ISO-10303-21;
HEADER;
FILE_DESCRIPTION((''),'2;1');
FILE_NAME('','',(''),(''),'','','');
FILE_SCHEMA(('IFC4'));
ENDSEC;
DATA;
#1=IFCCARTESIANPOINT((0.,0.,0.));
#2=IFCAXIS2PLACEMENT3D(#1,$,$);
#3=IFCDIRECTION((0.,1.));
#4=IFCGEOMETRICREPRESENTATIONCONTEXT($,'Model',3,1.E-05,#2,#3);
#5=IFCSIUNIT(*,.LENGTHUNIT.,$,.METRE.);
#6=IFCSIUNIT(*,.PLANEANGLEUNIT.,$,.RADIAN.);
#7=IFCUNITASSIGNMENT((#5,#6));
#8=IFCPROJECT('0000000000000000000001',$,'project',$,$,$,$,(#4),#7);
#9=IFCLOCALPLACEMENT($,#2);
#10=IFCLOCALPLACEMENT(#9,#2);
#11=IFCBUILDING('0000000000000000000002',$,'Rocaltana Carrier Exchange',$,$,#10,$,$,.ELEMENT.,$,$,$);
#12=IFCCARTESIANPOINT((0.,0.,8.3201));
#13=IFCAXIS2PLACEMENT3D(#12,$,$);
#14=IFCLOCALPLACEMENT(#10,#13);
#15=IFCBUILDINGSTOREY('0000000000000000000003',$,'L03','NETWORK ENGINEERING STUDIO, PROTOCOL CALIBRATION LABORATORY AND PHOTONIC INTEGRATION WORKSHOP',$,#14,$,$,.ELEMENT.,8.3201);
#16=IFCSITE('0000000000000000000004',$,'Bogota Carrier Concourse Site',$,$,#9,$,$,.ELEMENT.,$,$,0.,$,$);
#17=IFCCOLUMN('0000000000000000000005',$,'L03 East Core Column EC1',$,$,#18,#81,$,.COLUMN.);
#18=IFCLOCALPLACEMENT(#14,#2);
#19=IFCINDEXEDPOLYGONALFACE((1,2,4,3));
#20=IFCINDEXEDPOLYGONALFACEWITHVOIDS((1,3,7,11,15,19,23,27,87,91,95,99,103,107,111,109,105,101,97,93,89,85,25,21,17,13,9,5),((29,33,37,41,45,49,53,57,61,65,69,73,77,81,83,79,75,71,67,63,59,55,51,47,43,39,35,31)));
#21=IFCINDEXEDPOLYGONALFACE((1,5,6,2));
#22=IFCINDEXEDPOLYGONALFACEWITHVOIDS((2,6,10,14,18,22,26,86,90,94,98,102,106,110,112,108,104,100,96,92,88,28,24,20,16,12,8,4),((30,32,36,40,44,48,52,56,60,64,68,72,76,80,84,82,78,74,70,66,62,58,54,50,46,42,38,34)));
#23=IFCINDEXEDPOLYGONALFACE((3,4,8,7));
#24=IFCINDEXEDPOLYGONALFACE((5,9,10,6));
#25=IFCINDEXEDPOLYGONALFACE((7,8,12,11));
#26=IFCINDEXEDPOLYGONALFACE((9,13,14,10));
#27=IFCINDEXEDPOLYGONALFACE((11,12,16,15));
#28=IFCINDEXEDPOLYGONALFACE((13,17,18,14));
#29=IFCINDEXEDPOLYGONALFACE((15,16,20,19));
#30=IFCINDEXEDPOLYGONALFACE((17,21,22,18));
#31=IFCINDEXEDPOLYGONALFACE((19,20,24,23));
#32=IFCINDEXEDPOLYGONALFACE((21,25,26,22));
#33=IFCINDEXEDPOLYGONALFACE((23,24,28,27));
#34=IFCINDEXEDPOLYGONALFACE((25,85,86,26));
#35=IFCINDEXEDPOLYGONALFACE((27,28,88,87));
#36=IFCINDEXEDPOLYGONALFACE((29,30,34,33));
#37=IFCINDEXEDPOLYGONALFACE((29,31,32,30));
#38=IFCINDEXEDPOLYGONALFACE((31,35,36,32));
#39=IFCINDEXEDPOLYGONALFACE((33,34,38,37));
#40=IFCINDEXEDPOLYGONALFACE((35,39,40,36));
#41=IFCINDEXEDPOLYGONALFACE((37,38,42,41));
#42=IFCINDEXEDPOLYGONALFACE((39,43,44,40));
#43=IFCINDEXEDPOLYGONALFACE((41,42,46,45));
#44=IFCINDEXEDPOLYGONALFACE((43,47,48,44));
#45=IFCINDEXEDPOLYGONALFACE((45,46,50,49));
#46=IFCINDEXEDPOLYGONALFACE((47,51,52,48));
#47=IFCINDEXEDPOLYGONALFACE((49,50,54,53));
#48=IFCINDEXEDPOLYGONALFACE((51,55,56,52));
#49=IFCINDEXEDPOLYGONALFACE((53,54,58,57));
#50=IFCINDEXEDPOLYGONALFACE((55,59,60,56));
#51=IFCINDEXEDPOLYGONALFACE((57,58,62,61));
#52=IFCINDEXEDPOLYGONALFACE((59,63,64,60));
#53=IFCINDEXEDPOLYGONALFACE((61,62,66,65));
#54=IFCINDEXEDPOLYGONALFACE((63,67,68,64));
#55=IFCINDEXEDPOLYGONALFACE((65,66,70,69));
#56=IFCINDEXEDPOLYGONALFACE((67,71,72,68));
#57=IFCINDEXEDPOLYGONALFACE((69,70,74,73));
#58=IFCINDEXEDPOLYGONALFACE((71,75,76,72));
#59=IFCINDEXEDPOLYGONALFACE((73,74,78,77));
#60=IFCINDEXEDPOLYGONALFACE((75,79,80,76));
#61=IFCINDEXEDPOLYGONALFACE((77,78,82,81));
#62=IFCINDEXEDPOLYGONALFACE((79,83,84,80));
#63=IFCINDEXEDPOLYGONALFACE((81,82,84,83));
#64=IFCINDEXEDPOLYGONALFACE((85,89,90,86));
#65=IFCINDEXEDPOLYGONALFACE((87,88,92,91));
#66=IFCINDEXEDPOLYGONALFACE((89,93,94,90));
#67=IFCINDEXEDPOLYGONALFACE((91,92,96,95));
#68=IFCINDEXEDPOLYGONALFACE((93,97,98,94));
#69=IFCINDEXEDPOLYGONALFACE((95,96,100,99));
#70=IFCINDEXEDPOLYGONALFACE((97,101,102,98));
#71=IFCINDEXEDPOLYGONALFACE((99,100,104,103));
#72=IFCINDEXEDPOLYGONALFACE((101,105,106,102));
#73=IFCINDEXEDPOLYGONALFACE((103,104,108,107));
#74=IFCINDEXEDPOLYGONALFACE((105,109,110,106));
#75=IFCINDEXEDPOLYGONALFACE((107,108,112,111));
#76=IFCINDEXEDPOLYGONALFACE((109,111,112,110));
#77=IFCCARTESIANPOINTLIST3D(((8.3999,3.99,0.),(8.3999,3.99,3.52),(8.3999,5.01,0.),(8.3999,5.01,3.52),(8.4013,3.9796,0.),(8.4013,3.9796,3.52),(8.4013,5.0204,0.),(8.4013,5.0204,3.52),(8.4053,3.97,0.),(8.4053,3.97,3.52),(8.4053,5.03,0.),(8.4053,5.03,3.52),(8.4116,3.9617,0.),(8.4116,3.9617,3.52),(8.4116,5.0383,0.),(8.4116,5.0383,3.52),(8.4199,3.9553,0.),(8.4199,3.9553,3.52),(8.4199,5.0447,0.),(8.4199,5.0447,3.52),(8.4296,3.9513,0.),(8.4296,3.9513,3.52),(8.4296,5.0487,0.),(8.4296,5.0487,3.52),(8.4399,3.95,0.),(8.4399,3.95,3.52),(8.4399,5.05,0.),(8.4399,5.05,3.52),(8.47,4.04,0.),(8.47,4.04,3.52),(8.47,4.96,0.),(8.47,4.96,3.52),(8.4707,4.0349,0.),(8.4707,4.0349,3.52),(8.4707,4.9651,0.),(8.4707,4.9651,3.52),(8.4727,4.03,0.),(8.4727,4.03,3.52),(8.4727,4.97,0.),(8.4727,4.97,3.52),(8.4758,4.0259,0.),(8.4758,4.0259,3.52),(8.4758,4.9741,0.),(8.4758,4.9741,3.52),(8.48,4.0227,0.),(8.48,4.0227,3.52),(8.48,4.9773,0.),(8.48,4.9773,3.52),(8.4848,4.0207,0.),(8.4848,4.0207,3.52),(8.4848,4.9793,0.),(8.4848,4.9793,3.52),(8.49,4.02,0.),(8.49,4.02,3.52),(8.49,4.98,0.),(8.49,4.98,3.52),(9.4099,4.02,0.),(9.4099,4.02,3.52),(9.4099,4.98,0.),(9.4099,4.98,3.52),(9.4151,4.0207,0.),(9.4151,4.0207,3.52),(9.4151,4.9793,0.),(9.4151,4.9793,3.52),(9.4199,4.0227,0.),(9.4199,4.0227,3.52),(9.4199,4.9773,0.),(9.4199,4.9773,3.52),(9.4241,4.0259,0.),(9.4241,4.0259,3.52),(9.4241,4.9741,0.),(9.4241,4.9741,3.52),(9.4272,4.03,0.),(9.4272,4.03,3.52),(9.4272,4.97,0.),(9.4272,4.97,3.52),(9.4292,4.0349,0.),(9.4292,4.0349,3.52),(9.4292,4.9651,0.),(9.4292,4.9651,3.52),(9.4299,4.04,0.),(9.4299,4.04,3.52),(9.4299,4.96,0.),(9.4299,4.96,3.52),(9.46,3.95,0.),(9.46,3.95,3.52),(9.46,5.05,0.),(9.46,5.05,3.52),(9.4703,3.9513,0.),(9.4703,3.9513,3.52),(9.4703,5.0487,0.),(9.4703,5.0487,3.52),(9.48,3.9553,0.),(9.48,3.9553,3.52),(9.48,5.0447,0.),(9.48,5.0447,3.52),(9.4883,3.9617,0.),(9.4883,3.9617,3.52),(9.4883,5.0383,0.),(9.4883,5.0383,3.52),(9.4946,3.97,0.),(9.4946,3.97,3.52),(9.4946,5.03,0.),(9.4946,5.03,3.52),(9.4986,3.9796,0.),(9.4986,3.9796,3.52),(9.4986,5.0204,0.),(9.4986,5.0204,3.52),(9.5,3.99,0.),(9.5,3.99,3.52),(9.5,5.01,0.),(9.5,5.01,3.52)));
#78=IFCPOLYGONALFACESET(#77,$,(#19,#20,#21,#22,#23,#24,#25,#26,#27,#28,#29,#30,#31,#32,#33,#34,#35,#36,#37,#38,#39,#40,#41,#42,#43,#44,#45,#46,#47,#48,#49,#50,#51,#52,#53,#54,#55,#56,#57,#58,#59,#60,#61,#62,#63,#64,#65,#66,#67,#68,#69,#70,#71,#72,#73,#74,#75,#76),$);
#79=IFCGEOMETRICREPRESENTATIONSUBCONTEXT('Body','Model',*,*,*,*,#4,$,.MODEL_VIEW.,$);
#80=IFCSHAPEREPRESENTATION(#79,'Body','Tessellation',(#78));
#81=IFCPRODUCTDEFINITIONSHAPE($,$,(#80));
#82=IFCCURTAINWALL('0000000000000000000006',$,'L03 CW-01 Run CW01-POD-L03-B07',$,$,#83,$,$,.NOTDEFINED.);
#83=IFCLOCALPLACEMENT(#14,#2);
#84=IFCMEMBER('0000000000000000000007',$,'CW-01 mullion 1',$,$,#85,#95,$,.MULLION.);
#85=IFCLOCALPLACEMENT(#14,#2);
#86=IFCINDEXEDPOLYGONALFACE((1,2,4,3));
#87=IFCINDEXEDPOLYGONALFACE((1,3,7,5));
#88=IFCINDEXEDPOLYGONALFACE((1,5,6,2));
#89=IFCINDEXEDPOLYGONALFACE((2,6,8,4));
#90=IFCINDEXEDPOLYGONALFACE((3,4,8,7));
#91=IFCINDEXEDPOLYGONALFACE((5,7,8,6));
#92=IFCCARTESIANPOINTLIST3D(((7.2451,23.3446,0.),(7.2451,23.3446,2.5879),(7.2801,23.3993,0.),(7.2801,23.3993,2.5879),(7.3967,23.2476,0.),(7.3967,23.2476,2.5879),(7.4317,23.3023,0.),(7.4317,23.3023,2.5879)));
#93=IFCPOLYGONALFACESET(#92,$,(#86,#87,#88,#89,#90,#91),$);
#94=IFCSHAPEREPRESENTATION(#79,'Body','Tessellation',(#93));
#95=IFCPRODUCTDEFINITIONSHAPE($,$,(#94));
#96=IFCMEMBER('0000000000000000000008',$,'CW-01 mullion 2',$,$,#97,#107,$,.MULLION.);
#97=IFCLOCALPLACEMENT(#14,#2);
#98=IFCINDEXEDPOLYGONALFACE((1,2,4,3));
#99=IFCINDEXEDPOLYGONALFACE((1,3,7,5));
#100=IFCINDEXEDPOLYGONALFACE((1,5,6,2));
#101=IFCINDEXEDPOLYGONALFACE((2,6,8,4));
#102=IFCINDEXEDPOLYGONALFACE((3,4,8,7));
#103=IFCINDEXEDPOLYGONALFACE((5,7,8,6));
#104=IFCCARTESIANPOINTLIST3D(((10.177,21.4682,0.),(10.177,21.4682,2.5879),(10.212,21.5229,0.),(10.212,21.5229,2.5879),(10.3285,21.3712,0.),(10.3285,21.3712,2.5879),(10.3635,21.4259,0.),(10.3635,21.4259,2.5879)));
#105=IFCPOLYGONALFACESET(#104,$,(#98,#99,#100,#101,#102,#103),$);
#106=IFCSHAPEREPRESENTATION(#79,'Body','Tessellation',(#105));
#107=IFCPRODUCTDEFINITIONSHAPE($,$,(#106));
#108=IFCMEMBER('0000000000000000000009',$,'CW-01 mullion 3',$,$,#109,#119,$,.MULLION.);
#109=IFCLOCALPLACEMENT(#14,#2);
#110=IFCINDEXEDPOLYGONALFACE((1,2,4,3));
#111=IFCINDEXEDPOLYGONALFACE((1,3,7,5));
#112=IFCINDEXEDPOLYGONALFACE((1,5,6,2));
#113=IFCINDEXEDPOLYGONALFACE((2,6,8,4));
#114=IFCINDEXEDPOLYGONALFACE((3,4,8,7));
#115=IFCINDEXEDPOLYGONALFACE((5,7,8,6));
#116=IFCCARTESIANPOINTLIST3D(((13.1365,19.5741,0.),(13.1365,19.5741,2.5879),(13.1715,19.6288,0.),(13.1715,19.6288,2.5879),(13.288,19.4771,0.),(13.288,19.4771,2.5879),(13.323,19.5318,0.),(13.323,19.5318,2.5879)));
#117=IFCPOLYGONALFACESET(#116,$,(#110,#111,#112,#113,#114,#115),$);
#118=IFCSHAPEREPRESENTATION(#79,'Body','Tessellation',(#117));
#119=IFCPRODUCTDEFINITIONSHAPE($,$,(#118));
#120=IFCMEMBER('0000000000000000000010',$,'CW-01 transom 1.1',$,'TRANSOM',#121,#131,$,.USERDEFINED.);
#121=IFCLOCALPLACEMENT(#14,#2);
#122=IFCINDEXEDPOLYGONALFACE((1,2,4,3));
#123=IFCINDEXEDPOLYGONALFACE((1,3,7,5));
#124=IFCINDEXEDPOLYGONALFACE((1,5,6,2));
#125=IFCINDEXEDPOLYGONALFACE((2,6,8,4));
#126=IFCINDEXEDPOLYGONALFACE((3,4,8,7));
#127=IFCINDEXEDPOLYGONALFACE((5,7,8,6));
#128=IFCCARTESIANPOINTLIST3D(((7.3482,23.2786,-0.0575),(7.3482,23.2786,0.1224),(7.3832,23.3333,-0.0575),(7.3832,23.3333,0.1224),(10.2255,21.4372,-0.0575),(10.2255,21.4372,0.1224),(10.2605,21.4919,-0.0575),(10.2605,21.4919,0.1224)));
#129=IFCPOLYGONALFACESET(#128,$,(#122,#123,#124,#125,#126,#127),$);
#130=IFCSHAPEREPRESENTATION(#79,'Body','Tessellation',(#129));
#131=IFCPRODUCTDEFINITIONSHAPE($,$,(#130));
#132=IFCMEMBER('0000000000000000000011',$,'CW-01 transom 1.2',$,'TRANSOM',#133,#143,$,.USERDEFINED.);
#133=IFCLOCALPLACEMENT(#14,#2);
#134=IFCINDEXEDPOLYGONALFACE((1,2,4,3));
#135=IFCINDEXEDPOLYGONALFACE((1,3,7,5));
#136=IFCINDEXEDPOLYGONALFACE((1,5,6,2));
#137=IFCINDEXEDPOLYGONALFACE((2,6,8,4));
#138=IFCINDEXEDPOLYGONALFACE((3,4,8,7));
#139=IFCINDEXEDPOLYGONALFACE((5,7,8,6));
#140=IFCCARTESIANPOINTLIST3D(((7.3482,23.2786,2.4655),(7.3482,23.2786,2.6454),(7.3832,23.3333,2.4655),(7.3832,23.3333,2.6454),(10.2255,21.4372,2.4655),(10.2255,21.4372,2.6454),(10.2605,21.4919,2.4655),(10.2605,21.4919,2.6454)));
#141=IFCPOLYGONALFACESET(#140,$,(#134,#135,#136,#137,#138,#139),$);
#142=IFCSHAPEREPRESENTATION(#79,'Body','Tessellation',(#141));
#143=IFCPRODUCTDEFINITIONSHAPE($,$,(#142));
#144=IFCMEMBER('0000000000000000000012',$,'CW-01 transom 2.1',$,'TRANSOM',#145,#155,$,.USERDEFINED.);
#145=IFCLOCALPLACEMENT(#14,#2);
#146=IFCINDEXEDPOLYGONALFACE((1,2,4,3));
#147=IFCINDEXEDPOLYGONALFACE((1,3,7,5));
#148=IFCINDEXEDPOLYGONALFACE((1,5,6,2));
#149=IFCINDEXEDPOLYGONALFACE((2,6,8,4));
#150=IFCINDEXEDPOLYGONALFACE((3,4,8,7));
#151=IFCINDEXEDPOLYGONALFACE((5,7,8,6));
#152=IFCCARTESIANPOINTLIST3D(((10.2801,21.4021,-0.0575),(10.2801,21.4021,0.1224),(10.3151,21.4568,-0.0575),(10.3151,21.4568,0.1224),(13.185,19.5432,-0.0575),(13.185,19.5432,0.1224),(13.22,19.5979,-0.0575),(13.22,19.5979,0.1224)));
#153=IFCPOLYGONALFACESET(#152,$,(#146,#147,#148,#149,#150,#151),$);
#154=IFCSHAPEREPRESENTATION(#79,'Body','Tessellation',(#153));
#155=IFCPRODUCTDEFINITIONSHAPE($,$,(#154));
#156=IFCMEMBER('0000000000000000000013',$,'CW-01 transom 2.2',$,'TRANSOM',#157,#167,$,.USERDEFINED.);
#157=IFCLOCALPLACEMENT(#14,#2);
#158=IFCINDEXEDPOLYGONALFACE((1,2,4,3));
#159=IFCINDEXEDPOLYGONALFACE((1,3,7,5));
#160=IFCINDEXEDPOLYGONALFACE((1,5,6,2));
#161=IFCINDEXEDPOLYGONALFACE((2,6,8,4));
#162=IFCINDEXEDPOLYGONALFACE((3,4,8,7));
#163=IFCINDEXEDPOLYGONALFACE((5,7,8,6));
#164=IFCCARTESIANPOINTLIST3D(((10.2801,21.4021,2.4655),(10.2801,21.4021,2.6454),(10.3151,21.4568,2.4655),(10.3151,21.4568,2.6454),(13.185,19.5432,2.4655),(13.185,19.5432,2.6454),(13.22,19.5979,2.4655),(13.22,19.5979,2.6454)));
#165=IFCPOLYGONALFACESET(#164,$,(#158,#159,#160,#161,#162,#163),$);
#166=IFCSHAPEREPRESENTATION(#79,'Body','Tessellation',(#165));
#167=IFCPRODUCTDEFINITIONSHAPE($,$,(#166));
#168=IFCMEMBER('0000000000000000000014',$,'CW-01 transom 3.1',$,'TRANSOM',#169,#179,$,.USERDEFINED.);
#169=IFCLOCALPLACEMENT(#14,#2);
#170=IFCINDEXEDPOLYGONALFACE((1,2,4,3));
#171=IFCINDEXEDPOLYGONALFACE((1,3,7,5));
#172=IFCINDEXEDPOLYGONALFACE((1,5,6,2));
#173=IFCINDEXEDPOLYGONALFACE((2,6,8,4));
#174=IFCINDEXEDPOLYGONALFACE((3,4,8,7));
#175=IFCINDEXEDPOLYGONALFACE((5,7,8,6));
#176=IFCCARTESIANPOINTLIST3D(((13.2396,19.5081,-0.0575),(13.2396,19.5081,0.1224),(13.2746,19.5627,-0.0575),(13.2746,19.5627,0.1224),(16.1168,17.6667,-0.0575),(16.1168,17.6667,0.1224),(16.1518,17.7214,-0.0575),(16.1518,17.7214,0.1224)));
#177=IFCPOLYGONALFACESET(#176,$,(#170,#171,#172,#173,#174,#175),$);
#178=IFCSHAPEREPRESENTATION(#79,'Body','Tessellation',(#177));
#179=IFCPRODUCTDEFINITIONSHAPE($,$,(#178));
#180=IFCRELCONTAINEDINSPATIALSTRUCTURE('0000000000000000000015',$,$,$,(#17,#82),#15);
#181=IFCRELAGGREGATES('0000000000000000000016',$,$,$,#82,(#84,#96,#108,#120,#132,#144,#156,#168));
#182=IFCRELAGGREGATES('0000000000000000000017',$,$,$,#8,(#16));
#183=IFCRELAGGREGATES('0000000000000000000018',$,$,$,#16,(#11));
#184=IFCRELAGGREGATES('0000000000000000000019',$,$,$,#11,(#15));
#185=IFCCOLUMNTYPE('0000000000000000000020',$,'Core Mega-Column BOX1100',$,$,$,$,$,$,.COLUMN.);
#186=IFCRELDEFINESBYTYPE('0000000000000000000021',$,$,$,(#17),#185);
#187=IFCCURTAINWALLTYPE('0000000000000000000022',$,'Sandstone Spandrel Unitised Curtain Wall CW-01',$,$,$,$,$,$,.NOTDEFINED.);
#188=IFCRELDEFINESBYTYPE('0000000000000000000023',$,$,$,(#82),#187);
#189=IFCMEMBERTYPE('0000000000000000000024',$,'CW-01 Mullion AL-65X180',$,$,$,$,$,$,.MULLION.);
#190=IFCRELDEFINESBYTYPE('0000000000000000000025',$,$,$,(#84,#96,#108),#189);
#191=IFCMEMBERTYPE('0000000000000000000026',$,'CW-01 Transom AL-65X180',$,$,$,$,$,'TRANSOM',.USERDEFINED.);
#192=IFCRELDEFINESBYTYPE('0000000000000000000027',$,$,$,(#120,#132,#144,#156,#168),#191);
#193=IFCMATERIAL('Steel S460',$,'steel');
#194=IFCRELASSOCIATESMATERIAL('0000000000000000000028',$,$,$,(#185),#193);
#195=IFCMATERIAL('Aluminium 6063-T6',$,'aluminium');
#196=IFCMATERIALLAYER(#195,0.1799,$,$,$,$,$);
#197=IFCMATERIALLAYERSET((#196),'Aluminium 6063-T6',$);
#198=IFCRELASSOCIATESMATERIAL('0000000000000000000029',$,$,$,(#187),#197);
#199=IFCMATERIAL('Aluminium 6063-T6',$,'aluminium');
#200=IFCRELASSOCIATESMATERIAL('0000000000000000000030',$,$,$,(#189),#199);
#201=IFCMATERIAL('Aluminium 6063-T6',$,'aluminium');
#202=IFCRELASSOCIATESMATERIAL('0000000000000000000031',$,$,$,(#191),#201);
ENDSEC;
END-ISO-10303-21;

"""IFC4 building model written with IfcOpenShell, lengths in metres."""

from ifc_helpers import new_model, si_unit, direction, frame, origin, origin_2d, place, context, subcontext, project, spatial, rectangle, hollow_rectangle, extrude, material, layer, layer_set, material_profile, profile_set, type_object, element, aggregate, save


model = new_model("IFC4")

# Units and contexts
model_context = context("Model", 3, precision=1e-05, world=origin(), true_north=direction((0.0, 1.0)))
body_context = subcontext(model_context, "Body", "Model", "MODEL_VIEW")
ifc_project = project(units=[si_unit("LENGTHUNIT", "METRE"), si_unit("PLANEANGLEUNIT", "RADIAN")], contexts=[model_context])

# Site, building, storey
site_placement = place(None, origin())
site = spatial("IfcSite", under=ifc_project, at=site_placement, Name="Bogota Carrier Concourse Site", CompositionType="ELEMENT", RefElevation=0.0)
building_placement = place(site_placement, origin())
building = spatial("IfcBuilding", under=site, at=building_placement, Name="Rocaltana Carrier Exchange", CompositionType="ELEMENT")
storey_placement = place(building_placement, frame((0.0, 0.0, 8.3201)))
storey = spatial("IfcBuildingStorey", under=building, at=storey_placement, Name="L03", Description="NETWORK ENGINEERING STUDIO, PROTOCOL CALIBRATION LABORATORY AND PHOTONIC INTEGRATION WORKSHOP", CompositionType="ELEMENT", Elevation=8.3201)

# Column
ifc_material_1 = material(Name="Steel S460", Category="steel")
ifc_material_profile_1 = material_profile(ifc_material_1, hollow_rectangle(XDim=1.1001, YDim=1.1001, WallThickness=0.0701, InnerFilletRadius=0.02, OuterFilletRadius=0.04, at=origin_2d()), Name="BOX1100X1100X70")
ifc_profile_set_1 = profile_set([ifc_material_profile_1], Name="Steel S460")
column_type = type_object("IfcColumnType", Name="Core Mega-Column BOX1100", PredefinedType="COLUMN", material=ifc_profile_set_1)
column_placement = place(storey_placement, frame((8.95, 4.5, 0.0), z_axis=(0.0, 0.0, 1.0), x_axis=(1.0, 0.0, 0.0)))
element("IfcColumn", 1, at=column_placement, inside=storey, type_object=column_type, Name="L03 East Core Column EC1", PredefinedType="COLUMN", context=body_context, shape_type="SweptSolid", body=[
    extrude(hollow_rectangle(XDim=1.1001, YDim=1.1001, WallThickness=0.0701, InnerFilletRadius=0.02, OuterFilletRadius=0.04, at=origin_2d()), origin(), (0.0, 0.0, 1.0), 3.52),
])

# Curtain wall, members
ifc_material_2 = material(Name="Aluminium 6063-T6", Category="aluminium")
ifc_layer_1 = layer(ifc_material_2, 0.1799)
ifc_layer_set_1 = layer_set([ifc_layer_1], Name="Aluminium 6063-T6")
curtain_wall_type = type_object("IfcCurtainWallType", Name="Sandstone Spandrel Unitised Curtain Wall CW-01", PredefinedType="NOTDEFINED", material=ifc_layer_set_1)
curtain_wall_placement = place(storey_placement, origin())
curtain_wall = element("IfcCurtainWall", 2, at=curtain_wall_placement, inside=storey, type_object=curtain_wall_type, Name="L03 CW-01 Run CW01-POD-L03-B07", PredefinedType="NOTDEFINED")
ifc_material_3 = material(Name="Aluminium 6063-T6", Category="aluminium")
ifc_material_profile_2 = material_profile(ifc_material_3, rectangle(XDim=0.0649, YDim=0.1799, at=origin_2d()), Name="AL-65X180")
ifc_profile_set_2 = profile_set([ifc_material_profile_2], Name="Aluminium 6063-T6")
member_type_1 = type_object("IfcMemberType", Name="CW-01 Mullion AL-65X180", PredefinedType="MULLION", material=ifc_profile_set_2)
member_1_placement = place(storey_placement, frame((7.3384, 23.3235, 0.0), z_axis=(0.0, 0.0, 1.0), x_axis=(0.53905, 0.842273, 0.0)))
member_1 = element("IfcMember", 3, at=member_1_placement, type_object=member_type_1, Name="CW-01 mullion 1", PredefinedType="MULLION", context=body_context, shape_type="SweptSolid", body=[
    extrude(rectangle(XDim=0.0649, YDim=0.1799, at=origin_2d()), origin(), (0.0, 0.0, 1.0), 2.5879),
])
member_2_placement = place(storey_placement, frame((10.2703, 21.447, 0.0), z_axis=(0.0, 0.0, 1.0), x_axis=(0.53905, 0.842273, 0.0)))
member_2 = element("IfcMember", 4, at=member_2_placement, type_object=member_type_1, Name="CW-01 mullion 2", PredefinedType="MULLION", context=body_context, shape_type="SweptSolid", body=[
    extrude(rectangle(XDim=0.0649, YDim=0.1799, at=origin_2d()), origin(), (0.0, 0.0, 1.0), 2.5879),
])
member_3_placement = place(storey_placement, frame((13.2297, 19.553, 0.0), z_axis=(0.0, 0.0, 1.0), x_axis=(0.53905, 0.842273, 0.0)))
member_3 = element("IfcMember", 5, at=member_3_placement, type_object=member_type_1, Name="CW-01 mullion 3", PredefinedType="MULLION", context=body_context, shape_type="SweptSolid", body=[
    extrude(rectangle(XDim=0.0649, YDim=0.1799, at=origin_2d()), origin(), (0.0, 0.0, 1.0), 2.5879),
])
ifc_material_4 = material(Name="Aluminium 6063-T6", Category="aluminium")
ifc_material_profile_3 = material_profile(ifc_material_4, rectangle(XDim=0.0649, YDim=0.1799, at=origin_2d()), Name="AL-65X180")
ifc_profile_set_3 = profile_set([ifc_material_profile_3], Name="Aluminium 6063-T6")
member_type_2 = type_object("IfcMemberType", Name="CW-01 Transom AL-65X180", ElementType="TRANSOM", PredefinedType="USERDEFINED", material=ifc_profile_set_3)
member_4_placement = place(storey_placement, frame((7.3657, 23.3059, 0.0325), z_axis=(0.842284, -0.539033, 0.0), x_axis=(0.539033, 0.842284, 0.0)))
member_4 = element("IfcMember", 6, at=member_4_placement, type_object=member_type_2, Name="CW-01 transom 1.1", ObjectType="TRANSOM", PredefinedType="USERDEFINED", context=body_context, shape_type="SweptSolid", body=[
    extrude(rectangle(XDim=0.0649, YDim=0.1799, at=origin_2d()), origin(), (0.0, 0.0, 1.0), 3.416),
])
member_5_placement = place(storey_placement, frame((7.3657, 23.3059, 2.5554), z_axis=(0.842284, -0.539033, 0.0), x_axis=(0.539033, 0.842284, 0.0)))
member_5 = element("IfcMember", 7, at=member_5_placement, type_object=member_type_2, Name="CW-01 transom 1.2", ObjectType="TRANSOM", PredefinedType="USERDEFINED", context=body_context, shape_type="SweptSolid", body=[
    extrude(rectangle(XDim=0.0649, YDim=0.1799, at=origin_2d()), origin(), (0.0, 0.0, 1.0), 3.416),
])
member_6_placement = place(storey_placement, frame((10.2976, 21.4294, 0.0325), z_axis=(0.842295, -0.539018, 0.0), x_axis=(0.539018, 0.842295, 0.0)))
member_6 = element("IfcMember", 8, at=member_6_placement, type_object=member_type_2, Name="CW-01 transom 2.1", ObjectType="TRANSOM", PredefinedType="USERDEFINED", context=body_context, shape_type="SweptSolid", body=[
    extrude(rectangle(XDim=0.0649, YDim=0.1799, at=origin_2d()), origin(), (0.0, 0.0, 1.0), 3.4487),
])
member_7_placement = place(storey_placement, frame((10.2976, 21.4294, 2.5554), z_axis=(0.842295, -0.539018, 0.0), x_axis=(0.539018, 0.842295, 0.0)))
member_7 = element("IfcMember", 9, at=member_7_placement, type_object=member_type_2, Name="CW-01 transom 2.2", ObjectType="TRANSOM", PredefinedType="USERDEFINED", context=body_context, shape_type="SweptSolid", body=[
    extrude(rectangle(XDim=0.0649, YDim=0.1799, at=origin_2d()), origin(), (0.0, 0.0, 1.0), 3.4487),
])
member_8_placement = place(storey_placement, frame((13.2571, 19.5354, 0.0325), z_axis=(0.842284, -0.539033, 0.0), x_axis=(0.539033, 0.842284, 0.0)))
member_8 = element("IfcMember", 10, at=member_8_placement, type_object=member_type_2, Name="CW-01 transom 3.1", ObjectType="TRANSOM", PredefinedType="USERDEFINED", context=body_context, shape_type="SweptSolid", body=[
    extrude(rectangle(XDim=0.0649, YDim=0.1799, at=origin_2d()), origin(), (0.0, 0.0, 1.0), 3.416),
])

aggregate(curtain_wall, [member_1, member_2, member_3, member_4, member_5, member_6, member_7, member_8])

save(model, "model.ifc")
